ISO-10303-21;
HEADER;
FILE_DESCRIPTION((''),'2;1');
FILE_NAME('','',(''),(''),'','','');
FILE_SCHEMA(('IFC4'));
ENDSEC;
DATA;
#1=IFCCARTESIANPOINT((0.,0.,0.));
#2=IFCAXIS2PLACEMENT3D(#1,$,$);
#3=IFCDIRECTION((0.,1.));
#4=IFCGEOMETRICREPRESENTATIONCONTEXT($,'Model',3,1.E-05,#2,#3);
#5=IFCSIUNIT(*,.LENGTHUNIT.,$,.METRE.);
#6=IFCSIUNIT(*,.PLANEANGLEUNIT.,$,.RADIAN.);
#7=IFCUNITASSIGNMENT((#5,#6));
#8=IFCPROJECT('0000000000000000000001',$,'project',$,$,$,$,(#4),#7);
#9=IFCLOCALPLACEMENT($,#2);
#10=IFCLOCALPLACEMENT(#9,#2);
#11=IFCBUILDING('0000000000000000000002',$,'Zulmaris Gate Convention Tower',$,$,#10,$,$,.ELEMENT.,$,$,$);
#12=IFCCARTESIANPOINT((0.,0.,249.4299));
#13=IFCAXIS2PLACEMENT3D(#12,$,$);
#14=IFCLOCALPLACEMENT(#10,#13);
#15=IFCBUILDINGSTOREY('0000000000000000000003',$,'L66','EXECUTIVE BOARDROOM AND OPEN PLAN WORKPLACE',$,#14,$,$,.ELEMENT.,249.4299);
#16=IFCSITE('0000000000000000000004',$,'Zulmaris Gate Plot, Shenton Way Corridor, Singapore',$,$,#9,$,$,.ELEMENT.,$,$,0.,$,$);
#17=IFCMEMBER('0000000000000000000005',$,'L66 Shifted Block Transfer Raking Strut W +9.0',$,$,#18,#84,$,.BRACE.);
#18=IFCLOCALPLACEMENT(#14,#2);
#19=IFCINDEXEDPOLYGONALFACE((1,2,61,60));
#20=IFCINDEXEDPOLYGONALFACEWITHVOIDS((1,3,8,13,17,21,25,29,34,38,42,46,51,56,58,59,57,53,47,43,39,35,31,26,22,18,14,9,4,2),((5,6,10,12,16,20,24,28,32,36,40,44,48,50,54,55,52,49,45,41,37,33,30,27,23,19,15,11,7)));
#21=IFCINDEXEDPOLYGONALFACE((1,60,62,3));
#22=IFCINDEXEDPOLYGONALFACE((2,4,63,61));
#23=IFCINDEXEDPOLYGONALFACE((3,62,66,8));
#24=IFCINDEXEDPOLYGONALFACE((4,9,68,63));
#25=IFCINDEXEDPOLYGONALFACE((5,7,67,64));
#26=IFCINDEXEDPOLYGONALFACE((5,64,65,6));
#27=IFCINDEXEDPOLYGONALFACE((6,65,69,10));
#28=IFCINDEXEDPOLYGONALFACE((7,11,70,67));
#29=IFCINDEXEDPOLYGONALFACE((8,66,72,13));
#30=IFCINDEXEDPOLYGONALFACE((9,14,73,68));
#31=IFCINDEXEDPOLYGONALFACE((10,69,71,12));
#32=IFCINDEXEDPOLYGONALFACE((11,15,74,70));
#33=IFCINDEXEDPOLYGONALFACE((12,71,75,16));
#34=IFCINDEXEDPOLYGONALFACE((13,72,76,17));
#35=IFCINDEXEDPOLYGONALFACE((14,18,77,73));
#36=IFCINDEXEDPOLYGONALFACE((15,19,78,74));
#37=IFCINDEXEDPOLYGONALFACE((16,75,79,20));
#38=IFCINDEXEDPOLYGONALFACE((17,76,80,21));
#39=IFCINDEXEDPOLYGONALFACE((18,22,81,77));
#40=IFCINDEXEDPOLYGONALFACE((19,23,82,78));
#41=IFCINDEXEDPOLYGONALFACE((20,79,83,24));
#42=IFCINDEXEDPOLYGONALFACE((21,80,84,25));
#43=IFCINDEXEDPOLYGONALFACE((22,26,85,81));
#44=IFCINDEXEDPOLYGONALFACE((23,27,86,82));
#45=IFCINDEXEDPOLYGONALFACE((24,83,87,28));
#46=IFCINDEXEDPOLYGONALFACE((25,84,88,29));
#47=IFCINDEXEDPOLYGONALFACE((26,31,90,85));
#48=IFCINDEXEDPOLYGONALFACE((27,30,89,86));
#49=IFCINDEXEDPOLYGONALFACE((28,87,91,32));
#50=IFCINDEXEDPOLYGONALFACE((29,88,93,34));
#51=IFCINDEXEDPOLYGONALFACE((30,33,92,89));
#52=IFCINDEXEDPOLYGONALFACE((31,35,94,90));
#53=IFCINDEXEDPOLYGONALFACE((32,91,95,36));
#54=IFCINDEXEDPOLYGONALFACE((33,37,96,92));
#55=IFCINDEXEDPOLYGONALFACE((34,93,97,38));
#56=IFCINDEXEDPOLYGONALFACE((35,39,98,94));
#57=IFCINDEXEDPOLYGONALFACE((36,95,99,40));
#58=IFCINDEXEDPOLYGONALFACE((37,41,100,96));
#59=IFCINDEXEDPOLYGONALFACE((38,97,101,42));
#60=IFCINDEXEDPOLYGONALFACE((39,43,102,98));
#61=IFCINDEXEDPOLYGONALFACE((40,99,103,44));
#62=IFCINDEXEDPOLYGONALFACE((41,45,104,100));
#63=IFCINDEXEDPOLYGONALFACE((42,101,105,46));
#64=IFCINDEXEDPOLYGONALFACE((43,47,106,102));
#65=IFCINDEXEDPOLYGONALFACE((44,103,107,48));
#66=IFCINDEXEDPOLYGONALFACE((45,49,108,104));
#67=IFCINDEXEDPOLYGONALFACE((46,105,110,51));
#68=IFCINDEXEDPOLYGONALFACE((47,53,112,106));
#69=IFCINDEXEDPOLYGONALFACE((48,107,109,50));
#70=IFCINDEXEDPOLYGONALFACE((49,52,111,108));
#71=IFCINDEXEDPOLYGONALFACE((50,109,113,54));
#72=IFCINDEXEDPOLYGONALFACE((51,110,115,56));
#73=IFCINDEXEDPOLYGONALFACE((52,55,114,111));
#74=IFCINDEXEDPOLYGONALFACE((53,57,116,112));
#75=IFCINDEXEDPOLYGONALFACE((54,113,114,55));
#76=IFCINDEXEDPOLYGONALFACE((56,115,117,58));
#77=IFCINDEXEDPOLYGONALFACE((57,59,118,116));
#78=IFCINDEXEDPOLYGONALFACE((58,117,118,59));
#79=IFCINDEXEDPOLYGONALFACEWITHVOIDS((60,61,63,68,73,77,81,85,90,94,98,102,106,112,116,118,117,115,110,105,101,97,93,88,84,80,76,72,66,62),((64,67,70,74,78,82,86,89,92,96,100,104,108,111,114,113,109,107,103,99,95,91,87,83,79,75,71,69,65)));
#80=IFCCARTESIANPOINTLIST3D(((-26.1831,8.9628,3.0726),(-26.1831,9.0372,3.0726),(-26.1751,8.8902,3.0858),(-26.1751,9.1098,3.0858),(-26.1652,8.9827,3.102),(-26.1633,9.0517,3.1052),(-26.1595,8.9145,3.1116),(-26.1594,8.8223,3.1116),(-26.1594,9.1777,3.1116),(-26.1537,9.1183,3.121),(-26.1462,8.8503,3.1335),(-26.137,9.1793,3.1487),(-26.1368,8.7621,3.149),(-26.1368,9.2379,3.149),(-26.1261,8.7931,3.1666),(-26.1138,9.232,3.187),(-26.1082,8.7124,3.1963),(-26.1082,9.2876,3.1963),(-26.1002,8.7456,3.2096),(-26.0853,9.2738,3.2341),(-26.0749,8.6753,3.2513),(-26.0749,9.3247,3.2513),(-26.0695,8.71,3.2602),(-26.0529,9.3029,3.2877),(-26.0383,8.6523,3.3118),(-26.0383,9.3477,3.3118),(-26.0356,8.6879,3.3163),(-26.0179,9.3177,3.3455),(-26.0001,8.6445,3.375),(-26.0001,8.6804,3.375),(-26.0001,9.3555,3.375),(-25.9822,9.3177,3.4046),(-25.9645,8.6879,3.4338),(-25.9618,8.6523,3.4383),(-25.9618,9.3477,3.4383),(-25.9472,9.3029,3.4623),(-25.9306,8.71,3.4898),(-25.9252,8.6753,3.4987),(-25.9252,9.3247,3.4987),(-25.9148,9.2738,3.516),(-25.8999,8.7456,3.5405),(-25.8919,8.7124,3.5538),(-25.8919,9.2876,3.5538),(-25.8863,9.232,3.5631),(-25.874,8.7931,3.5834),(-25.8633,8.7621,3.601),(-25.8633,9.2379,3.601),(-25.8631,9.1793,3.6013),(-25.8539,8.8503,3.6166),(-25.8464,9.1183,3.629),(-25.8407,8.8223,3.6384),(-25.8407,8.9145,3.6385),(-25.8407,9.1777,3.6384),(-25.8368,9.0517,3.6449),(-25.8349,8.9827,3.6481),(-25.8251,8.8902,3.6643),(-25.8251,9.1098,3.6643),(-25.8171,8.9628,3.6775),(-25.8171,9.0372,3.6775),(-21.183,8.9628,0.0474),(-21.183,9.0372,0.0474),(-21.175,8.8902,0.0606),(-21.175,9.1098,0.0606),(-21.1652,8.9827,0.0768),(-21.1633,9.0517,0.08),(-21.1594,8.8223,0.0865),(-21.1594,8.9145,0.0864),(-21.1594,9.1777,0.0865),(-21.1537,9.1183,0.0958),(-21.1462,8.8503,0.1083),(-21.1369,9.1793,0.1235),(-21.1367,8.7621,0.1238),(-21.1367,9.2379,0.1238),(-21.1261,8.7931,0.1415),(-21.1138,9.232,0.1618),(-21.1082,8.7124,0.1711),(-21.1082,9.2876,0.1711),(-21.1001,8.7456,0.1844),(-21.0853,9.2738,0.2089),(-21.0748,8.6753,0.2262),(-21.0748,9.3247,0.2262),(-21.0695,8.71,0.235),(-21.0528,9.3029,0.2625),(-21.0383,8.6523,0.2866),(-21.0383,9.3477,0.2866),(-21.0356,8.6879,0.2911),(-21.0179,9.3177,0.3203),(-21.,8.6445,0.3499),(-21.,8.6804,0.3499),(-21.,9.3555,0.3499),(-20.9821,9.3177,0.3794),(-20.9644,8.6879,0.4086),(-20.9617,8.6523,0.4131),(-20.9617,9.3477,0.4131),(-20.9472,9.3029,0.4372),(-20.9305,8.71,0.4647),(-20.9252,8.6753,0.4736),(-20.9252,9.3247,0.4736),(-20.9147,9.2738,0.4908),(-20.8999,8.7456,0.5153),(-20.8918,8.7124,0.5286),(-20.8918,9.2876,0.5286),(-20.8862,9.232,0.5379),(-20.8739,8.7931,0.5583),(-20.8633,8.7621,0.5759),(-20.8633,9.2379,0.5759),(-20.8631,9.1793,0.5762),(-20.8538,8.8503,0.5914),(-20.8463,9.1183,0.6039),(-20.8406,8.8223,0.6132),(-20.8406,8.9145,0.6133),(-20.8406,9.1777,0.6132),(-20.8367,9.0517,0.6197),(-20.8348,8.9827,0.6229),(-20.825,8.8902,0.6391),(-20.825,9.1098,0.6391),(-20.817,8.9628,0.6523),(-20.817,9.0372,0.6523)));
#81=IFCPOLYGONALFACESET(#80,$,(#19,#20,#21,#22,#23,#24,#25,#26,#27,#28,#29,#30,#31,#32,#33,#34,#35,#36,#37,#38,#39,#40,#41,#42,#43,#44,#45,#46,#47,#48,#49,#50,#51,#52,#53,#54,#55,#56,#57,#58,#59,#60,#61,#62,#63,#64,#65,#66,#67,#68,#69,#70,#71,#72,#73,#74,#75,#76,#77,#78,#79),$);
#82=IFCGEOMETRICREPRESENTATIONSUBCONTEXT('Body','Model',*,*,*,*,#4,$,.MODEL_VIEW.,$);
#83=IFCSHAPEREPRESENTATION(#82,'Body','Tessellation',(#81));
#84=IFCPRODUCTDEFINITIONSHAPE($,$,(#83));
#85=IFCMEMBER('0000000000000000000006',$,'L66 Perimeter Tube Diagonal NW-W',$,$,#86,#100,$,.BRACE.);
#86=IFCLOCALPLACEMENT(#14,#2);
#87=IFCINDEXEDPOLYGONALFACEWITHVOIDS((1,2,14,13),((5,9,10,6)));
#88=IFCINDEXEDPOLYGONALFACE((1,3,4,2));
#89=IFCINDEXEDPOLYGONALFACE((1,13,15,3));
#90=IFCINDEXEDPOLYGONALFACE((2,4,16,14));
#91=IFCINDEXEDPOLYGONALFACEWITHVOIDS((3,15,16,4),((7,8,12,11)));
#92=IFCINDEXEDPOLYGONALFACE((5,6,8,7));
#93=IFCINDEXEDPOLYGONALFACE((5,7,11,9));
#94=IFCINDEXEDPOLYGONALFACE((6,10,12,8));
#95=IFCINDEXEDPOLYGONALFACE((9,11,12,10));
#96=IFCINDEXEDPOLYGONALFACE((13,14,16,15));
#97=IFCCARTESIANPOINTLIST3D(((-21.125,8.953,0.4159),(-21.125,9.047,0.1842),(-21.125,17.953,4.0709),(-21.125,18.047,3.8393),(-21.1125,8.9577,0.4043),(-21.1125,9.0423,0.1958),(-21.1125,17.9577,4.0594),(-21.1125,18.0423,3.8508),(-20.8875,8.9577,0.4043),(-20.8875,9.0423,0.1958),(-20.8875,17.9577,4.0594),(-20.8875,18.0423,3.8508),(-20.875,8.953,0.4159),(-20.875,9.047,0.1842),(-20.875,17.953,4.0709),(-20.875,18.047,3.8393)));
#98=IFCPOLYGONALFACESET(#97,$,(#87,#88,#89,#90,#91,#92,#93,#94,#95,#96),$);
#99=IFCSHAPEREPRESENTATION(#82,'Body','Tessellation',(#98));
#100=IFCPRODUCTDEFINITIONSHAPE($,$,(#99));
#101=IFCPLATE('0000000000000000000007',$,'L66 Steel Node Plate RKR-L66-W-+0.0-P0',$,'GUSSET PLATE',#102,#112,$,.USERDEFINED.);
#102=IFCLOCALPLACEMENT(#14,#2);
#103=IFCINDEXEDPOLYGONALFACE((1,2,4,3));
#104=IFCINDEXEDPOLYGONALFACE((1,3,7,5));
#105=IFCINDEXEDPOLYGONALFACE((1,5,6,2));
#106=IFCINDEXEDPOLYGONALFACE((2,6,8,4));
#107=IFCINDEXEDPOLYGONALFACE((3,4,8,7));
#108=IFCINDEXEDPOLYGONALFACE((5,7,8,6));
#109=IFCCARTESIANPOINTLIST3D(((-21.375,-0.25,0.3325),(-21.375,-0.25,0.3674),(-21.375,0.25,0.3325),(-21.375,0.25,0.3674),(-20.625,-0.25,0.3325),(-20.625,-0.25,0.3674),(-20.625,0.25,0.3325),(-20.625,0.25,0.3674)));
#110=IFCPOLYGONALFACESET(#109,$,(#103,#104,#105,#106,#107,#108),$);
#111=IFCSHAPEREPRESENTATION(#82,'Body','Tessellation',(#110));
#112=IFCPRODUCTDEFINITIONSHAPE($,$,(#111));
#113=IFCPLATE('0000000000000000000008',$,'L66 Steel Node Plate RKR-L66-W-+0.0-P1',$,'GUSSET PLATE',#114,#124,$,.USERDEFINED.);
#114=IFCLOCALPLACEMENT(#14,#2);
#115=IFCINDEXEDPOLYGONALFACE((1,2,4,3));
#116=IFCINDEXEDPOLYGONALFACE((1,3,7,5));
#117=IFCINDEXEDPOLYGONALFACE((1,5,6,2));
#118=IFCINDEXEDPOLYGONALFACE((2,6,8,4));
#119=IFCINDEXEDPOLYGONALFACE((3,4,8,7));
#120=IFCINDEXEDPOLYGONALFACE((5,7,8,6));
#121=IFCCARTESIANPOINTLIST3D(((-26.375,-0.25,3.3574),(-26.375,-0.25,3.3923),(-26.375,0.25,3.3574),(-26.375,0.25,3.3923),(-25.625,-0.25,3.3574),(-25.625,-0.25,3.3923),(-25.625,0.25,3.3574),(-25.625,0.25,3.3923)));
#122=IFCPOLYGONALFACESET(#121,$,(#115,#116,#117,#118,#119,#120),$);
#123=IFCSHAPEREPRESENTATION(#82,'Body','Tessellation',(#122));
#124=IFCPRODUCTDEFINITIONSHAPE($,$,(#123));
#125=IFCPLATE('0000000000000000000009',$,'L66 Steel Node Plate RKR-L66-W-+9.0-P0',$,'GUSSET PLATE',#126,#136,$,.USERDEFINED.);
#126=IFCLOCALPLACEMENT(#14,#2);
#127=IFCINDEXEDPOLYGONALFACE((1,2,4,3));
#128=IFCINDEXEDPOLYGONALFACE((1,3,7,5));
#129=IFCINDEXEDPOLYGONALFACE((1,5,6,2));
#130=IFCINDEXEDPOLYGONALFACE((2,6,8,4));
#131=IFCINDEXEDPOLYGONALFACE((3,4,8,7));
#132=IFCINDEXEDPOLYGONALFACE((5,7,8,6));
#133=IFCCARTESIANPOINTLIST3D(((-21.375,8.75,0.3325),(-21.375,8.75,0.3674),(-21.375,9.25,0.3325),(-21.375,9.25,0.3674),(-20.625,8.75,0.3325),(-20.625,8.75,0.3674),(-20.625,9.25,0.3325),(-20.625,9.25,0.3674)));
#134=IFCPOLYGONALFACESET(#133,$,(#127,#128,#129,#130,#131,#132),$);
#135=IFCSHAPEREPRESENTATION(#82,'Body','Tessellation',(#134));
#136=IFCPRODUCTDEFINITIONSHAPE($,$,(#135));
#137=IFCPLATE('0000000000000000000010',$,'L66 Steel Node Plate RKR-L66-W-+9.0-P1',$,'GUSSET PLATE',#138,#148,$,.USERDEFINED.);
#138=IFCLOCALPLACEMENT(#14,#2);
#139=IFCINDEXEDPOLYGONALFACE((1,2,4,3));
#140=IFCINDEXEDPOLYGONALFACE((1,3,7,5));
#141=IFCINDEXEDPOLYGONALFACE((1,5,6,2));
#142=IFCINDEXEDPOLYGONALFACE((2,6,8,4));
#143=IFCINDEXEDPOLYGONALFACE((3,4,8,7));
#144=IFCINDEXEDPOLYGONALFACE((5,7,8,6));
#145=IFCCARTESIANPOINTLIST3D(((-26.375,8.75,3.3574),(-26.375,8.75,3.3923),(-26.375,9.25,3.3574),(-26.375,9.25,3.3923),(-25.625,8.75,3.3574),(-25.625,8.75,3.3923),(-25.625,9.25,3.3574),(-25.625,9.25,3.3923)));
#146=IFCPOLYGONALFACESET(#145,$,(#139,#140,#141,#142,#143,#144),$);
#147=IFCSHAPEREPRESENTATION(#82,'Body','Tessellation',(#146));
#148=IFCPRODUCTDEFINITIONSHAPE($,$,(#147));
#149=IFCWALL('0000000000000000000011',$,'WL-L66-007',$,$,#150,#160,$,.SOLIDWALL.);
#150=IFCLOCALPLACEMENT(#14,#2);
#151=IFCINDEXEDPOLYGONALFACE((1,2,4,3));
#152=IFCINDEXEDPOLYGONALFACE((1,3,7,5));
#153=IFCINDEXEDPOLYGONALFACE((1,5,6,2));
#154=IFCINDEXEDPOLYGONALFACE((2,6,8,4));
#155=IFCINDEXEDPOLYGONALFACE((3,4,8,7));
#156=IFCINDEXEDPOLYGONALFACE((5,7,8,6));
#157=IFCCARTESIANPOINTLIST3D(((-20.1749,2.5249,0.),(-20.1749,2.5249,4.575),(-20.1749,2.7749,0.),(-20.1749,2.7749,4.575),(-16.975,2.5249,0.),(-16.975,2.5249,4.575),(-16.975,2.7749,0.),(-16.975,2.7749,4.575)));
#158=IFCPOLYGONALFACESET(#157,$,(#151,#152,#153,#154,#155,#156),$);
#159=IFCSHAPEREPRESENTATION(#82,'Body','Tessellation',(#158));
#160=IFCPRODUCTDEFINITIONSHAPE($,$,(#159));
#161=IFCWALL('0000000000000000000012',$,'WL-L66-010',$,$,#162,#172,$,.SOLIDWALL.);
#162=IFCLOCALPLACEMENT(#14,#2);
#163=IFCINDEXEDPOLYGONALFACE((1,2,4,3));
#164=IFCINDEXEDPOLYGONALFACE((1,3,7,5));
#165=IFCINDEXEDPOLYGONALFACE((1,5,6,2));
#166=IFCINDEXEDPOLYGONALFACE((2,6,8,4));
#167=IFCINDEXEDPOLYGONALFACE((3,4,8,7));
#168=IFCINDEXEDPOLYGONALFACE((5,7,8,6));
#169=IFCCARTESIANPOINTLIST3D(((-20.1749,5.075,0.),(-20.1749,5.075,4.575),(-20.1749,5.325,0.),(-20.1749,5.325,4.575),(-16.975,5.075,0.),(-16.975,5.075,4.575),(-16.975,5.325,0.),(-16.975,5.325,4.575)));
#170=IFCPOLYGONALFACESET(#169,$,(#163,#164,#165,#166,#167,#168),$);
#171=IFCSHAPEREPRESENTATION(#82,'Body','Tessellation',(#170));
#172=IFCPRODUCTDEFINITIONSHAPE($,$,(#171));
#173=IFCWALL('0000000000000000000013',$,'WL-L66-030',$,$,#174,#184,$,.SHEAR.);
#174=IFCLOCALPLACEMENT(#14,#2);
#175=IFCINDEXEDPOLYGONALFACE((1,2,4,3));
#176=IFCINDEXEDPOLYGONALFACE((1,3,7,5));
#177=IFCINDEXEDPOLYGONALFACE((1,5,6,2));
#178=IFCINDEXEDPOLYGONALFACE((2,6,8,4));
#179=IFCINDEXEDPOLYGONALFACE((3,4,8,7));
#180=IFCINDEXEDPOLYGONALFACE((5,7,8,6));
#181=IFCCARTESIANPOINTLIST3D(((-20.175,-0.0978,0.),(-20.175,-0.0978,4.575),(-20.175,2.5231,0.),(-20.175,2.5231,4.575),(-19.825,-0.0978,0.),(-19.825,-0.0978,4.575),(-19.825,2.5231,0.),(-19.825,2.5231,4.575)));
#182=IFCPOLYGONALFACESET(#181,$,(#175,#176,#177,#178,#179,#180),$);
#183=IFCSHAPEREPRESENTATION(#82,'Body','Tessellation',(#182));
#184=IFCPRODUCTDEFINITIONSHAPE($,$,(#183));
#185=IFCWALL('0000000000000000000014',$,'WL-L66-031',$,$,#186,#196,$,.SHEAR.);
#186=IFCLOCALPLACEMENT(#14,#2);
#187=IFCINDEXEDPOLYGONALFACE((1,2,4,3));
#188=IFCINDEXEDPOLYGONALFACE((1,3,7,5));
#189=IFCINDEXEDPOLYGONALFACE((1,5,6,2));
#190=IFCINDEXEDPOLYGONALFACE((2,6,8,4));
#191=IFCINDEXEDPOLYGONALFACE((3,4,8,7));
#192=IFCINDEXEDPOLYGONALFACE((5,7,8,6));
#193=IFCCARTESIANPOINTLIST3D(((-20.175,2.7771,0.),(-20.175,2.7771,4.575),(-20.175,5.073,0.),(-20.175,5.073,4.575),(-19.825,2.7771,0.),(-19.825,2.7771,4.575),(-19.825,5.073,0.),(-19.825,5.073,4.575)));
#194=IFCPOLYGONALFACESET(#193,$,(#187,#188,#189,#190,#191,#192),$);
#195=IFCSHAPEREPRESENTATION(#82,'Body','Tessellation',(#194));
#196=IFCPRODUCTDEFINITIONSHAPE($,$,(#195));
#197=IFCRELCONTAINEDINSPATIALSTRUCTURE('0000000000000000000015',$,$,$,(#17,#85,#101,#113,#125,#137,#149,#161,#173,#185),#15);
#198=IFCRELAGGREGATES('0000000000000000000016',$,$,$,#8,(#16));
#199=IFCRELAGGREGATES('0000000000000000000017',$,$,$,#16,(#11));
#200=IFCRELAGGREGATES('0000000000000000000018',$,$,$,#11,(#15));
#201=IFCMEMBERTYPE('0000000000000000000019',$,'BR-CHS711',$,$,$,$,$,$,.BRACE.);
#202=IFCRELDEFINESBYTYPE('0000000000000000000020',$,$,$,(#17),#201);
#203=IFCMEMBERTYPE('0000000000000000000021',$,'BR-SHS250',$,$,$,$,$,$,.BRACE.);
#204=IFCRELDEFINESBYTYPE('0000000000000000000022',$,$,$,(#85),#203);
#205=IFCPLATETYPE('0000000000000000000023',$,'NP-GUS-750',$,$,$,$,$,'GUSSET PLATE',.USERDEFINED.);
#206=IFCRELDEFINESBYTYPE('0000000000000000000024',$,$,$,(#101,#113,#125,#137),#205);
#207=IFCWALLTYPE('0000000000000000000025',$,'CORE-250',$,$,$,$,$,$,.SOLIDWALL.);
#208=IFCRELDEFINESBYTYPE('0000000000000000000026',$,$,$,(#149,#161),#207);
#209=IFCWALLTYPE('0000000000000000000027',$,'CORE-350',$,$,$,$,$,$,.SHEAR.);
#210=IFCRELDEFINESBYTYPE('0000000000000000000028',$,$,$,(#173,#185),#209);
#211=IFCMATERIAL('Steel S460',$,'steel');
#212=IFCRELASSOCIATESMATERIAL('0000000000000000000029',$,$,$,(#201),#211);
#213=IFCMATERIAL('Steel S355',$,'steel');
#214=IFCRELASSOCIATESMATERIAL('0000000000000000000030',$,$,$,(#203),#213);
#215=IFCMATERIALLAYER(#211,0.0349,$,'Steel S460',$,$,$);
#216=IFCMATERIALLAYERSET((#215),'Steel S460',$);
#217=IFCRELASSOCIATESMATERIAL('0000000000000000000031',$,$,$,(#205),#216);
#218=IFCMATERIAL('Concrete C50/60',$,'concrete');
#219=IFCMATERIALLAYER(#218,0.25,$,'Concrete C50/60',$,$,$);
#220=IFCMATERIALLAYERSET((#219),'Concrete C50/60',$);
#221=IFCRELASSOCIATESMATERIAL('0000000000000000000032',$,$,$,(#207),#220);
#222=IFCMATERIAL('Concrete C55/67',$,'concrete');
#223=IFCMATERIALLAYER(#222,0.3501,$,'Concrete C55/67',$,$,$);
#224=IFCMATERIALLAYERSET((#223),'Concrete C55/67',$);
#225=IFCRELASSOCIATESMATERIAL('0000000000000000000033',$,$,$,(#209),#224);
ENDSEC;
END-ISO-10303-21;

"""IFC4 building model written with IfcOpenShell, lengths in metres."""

from ifc_helpers import new_model, si_unit, direction, frame, frame_2d, origin, origin_2d, place, context, subcontext, project, spatial, rectangle, hollow_rectangle, hollow_circle, extrude, material, layer, layer_set, material_profile, profile_set, type_object, element, save


model = new_model("IFC4")

# Units and contexts
model_context = context("Model", 3, precision=1e-05, world=origin(), true_north=direction((0.0, 1.0)))
body_context = subcontext(model_context, "Body", "Model", "MODEL_VIEW")
ifc_project = project(units=[si_unit("LENGTHUNIT", "METRE"), si_unit("PLANEANGLEUNIT", "RADIAN")], contexts=[model_context])

# Site, building, storey
site_placement = place(None, origin())
site = spatial("IfcSite", under=ifc_project, at=site_placement, Name="Zulmaris Gate Plot, Shenton Way Corridor, Singapore", CompositionType="ELEMENT", RefElevation=0.0)
building_placement = place(site_placement, origin())
building = spatial("IfcBuilding", under=site, at=building_placement, Name="Zulmaris Gate Convention Tower", CompositionType="ELEMENT")
storey_placement = place(building_placement, frame((0.0, 0.0, 249.4299)))
storey = spatial("IfcBuildingStorey", under=building, at=storey_placement, Name="L66", Description="EXECUTIVE BOARDROOM AND OPEN PLAN WORKPLACE", CompositionType="ELEMENT", Elevation=249.4299)

# Shared definitions
ifc_material_1 = material(Name="Concrete C50/60", Category="concrete")

# Members
ifc_material_2 = material(Name="Steel S460", Category="steel")
ifc_material_profile_1 = material_profile(ifc_material_2, hollow_circle(Radius=0.3555, WallThickness=0.0359, at=origin_2d()), Name="CHS 711x36")
ifc_profile_set_1 = profile_set([ifc_material_profile_1], Name="Steel S460")
member_type_1 = type_object("IfcMemberType", Name="BR-CHS711", PredefinedType="BRACE", material=ifc_profile_set_1)
for number, where, z_axis, x_axis, name in (
    (1, (-21.0, 9.0, 0.3499), (-0.855589, 0.0, 0.517656), (0.0, -1.0, 0.0), "L66 Shifted Block Transfer Raking Strut W +9.0"),
):
    element("IfcMember", number, at=place(storey_placement, frame(where, z_axis=z_axis, x_axis=x_axis)), inside=storey, type_object=member_type_1, Name=name, PredefinedType="BRACE", context=body_context, shape_type="SweptSolid", body=[
        extrude(hollow_circle(Radius=0.3555, WallThickness=0.0359, at=origin_2d()), origin(), (0.0, 0.0, 1.0), 5.844),
    ])
ifc_material_3 = material(Name="Steel S355", Category="steel")
ifc_material_profile_2 = material_profile(ifc_material_3, hollow_rectangle(XDim=0.25, YDim=0.25, WallThickness=0.0125, at=origin_2d()), Name="SHS 250x250x12.5")
ifc_profile_set_2 = profile_set([ifc_material_profile_2], Name="Steel S355")
member_type_2 = type_object("IfcMemberType", Name="BR-SHS250", PredefinedType="BRACE", material=ifc_profile_set_2)
member_placement = place(storey_placement, frame((-21.0, 9.0, 0.3), z_axis=(0.0, 0.92651, 0.376269), x_axis=(-1.0, 0.0, 0.0)))
element("IfcMember", 2, at=member_placement, inside=storey, type_object=member_type_2, Name="L66 Perimeter Tube Diagonal NW-W", PredefinedType="BRACE", context=body_context, shape_type="SweptSolid", body=[
    extrude(hollow_rectangle(XDim=0.25, YDim=0.25, WallThickness=0.0125, at=origin_2d()), origin(), (0.0, 0.0, 1.0), 9.7139),
])

# Plates
ifc_layer_1 = layer(ifc_material_2, 0.0349, Name="Steel S460")
ifc_layer_set_1 = layer_set([ifc_layer_1], Name="Steel S460")
plate_type = type_object("IfcPlateType", Name="NP-GUS-750", ElementType="GUSSET PLATE", PredefinedType="USERDEFINED", material=ifc_layer_set_1)
for number, where, z_axis, x_axis, name in (
    (3, (-21.0, 0.0, 0.3325), (0.0, 0.0, 1.0), (1.0, 0.0, 0.0), "L66 Steel Node Plate RKR-L66-W-+0.0-P0"),
    (4, (-26.0, 0.0, 3.3574), (0.0, 0.0, 1.0), (1.0, 0.0, 0.0), "L66 Steel Node Plate RKR-L66-W-+0.0-P1"),
    (5, (-21.0, 9.0, 0.3325), (0.0, 0.0, 1.0), (1.0, 0.0, 0.0), "L66 Steel Node Plate RKR-L66-W-+9.0-P0"),
    (6, (-26.0, 9.0, 3.3574), (0.0, 0.0, 1.0), (1.0, 0.0, 0.0), "L66 Steel Node Plate RKR-L66-W-+9.0-P1"),
):
    element("IfcPlate", number, at=place(storey_placement, frame(where, z_axis=z_axis, x_axis=x_axis)), inside=storey, type_object=plate_type, Name=name, ObjectType="GUSSET PLATE", PredefinedType="USERDEFINED", context=body_context, shape_type="SweptSolid", body=[
        extrude(rectangle(XDim=0.75, YDim=0.5, at=origin_2d()), origin(), (0.0, 0.0, 1.0), 0.0349),
    ])

# Walls
ifc_layer_2 = layer(ifc_material_1, 0.25, Name="Concrete C50/60")
ifc_layer_set_2 = layer_set([ifc_layer_2], Name="Concrete C50/60")
wall_type_1 = type_object("IfcWallType", Name="CORE-250", PredefinedType="SOLIDWALL", material=ifc_layer_set_2)
for number, where, z_axis, x_axis, name in (
    (7, (-20.175, 2.6499, 0.0), (0.0, 0.0, 1.0), (1.0, 0.0, 0.0), "WL-L66-007"),
    (8, (-20.175, 5.2, 0.0), (0.0, 0.0, 1.0), (1.0, 0.0, 0.0), "WL-L66-010"),
):
    element("IfcWall", number, at=place(storey_placement, frame(where, z_axis=z_axis, x_axis=x_axis)), inside=storey, type_object=wall_type_1, Name=name, PredefinedType="SOLIDWALL", context=body_context, shape_type="SweptSolid", body=[
        extrude(rectangle(XDim=3.2, YDim=0.25, at=frame_2d((1.6001, 0.0))), origin(), (0.0, 0.0, 1.0), 4.575),
    ])
ifc_material_4 = material(Name="Concrete C55/67", Category="concrete")
ifc_layer_3 = layer(ifc_material_4, 0.3501, Name="Concrete C55/67")
ifc_layer_set_3 = layer_set([ifc_layer_3], Name="Concrete C55/67")
wall_type_2 = type_object("IfcWallType", Name="CORE-350", PredefinedType="SHEAR", material=ifc_layer_set_3)
wall_1_placement = place(storey_placement, frame((-20.0, -0.0979, 0.0), z_axis=(0.0, 0.0, 1.0), x_axis=(0.0, 1.0, 0.0)))
element("IfcWall", 9, at=wall_1_placement, inside=storey, type_object=wall_type_2, Name="WL-L66-030", PredefinedType="SHEAR", context=body_context, shape_type="SweptSolid", body=[
    extrude(rectangle(XDim=2.6208, YDim=0.3501, at=frame_2d((1.3105, 0.0))), origin(), (0.0, 0.0, 1.0), 4.575),
])
wall_2_placement = place(storey_placement, frame((-20.0, 2.7771, 0.0), z_axis=(0.0, 0.0, 1.0), x_axis=(0.0, 1.0, 0.0)))
element("IfcWall", 10, at=wall_2_placement, inside=storey, type_object=wall_type_2, Name="WL-L66-031", PredefinedType="SHEAR", context=body_context, shape_type="SweptSolid", body=[
    extrude(rectangle(XDim=2.2959, YDim=0.3501, at=frame_2d((1.1479, 0.0))), origin(), (0.0, 0.0, 1.0), 4.575),
])

save(model, "model.ifc")
